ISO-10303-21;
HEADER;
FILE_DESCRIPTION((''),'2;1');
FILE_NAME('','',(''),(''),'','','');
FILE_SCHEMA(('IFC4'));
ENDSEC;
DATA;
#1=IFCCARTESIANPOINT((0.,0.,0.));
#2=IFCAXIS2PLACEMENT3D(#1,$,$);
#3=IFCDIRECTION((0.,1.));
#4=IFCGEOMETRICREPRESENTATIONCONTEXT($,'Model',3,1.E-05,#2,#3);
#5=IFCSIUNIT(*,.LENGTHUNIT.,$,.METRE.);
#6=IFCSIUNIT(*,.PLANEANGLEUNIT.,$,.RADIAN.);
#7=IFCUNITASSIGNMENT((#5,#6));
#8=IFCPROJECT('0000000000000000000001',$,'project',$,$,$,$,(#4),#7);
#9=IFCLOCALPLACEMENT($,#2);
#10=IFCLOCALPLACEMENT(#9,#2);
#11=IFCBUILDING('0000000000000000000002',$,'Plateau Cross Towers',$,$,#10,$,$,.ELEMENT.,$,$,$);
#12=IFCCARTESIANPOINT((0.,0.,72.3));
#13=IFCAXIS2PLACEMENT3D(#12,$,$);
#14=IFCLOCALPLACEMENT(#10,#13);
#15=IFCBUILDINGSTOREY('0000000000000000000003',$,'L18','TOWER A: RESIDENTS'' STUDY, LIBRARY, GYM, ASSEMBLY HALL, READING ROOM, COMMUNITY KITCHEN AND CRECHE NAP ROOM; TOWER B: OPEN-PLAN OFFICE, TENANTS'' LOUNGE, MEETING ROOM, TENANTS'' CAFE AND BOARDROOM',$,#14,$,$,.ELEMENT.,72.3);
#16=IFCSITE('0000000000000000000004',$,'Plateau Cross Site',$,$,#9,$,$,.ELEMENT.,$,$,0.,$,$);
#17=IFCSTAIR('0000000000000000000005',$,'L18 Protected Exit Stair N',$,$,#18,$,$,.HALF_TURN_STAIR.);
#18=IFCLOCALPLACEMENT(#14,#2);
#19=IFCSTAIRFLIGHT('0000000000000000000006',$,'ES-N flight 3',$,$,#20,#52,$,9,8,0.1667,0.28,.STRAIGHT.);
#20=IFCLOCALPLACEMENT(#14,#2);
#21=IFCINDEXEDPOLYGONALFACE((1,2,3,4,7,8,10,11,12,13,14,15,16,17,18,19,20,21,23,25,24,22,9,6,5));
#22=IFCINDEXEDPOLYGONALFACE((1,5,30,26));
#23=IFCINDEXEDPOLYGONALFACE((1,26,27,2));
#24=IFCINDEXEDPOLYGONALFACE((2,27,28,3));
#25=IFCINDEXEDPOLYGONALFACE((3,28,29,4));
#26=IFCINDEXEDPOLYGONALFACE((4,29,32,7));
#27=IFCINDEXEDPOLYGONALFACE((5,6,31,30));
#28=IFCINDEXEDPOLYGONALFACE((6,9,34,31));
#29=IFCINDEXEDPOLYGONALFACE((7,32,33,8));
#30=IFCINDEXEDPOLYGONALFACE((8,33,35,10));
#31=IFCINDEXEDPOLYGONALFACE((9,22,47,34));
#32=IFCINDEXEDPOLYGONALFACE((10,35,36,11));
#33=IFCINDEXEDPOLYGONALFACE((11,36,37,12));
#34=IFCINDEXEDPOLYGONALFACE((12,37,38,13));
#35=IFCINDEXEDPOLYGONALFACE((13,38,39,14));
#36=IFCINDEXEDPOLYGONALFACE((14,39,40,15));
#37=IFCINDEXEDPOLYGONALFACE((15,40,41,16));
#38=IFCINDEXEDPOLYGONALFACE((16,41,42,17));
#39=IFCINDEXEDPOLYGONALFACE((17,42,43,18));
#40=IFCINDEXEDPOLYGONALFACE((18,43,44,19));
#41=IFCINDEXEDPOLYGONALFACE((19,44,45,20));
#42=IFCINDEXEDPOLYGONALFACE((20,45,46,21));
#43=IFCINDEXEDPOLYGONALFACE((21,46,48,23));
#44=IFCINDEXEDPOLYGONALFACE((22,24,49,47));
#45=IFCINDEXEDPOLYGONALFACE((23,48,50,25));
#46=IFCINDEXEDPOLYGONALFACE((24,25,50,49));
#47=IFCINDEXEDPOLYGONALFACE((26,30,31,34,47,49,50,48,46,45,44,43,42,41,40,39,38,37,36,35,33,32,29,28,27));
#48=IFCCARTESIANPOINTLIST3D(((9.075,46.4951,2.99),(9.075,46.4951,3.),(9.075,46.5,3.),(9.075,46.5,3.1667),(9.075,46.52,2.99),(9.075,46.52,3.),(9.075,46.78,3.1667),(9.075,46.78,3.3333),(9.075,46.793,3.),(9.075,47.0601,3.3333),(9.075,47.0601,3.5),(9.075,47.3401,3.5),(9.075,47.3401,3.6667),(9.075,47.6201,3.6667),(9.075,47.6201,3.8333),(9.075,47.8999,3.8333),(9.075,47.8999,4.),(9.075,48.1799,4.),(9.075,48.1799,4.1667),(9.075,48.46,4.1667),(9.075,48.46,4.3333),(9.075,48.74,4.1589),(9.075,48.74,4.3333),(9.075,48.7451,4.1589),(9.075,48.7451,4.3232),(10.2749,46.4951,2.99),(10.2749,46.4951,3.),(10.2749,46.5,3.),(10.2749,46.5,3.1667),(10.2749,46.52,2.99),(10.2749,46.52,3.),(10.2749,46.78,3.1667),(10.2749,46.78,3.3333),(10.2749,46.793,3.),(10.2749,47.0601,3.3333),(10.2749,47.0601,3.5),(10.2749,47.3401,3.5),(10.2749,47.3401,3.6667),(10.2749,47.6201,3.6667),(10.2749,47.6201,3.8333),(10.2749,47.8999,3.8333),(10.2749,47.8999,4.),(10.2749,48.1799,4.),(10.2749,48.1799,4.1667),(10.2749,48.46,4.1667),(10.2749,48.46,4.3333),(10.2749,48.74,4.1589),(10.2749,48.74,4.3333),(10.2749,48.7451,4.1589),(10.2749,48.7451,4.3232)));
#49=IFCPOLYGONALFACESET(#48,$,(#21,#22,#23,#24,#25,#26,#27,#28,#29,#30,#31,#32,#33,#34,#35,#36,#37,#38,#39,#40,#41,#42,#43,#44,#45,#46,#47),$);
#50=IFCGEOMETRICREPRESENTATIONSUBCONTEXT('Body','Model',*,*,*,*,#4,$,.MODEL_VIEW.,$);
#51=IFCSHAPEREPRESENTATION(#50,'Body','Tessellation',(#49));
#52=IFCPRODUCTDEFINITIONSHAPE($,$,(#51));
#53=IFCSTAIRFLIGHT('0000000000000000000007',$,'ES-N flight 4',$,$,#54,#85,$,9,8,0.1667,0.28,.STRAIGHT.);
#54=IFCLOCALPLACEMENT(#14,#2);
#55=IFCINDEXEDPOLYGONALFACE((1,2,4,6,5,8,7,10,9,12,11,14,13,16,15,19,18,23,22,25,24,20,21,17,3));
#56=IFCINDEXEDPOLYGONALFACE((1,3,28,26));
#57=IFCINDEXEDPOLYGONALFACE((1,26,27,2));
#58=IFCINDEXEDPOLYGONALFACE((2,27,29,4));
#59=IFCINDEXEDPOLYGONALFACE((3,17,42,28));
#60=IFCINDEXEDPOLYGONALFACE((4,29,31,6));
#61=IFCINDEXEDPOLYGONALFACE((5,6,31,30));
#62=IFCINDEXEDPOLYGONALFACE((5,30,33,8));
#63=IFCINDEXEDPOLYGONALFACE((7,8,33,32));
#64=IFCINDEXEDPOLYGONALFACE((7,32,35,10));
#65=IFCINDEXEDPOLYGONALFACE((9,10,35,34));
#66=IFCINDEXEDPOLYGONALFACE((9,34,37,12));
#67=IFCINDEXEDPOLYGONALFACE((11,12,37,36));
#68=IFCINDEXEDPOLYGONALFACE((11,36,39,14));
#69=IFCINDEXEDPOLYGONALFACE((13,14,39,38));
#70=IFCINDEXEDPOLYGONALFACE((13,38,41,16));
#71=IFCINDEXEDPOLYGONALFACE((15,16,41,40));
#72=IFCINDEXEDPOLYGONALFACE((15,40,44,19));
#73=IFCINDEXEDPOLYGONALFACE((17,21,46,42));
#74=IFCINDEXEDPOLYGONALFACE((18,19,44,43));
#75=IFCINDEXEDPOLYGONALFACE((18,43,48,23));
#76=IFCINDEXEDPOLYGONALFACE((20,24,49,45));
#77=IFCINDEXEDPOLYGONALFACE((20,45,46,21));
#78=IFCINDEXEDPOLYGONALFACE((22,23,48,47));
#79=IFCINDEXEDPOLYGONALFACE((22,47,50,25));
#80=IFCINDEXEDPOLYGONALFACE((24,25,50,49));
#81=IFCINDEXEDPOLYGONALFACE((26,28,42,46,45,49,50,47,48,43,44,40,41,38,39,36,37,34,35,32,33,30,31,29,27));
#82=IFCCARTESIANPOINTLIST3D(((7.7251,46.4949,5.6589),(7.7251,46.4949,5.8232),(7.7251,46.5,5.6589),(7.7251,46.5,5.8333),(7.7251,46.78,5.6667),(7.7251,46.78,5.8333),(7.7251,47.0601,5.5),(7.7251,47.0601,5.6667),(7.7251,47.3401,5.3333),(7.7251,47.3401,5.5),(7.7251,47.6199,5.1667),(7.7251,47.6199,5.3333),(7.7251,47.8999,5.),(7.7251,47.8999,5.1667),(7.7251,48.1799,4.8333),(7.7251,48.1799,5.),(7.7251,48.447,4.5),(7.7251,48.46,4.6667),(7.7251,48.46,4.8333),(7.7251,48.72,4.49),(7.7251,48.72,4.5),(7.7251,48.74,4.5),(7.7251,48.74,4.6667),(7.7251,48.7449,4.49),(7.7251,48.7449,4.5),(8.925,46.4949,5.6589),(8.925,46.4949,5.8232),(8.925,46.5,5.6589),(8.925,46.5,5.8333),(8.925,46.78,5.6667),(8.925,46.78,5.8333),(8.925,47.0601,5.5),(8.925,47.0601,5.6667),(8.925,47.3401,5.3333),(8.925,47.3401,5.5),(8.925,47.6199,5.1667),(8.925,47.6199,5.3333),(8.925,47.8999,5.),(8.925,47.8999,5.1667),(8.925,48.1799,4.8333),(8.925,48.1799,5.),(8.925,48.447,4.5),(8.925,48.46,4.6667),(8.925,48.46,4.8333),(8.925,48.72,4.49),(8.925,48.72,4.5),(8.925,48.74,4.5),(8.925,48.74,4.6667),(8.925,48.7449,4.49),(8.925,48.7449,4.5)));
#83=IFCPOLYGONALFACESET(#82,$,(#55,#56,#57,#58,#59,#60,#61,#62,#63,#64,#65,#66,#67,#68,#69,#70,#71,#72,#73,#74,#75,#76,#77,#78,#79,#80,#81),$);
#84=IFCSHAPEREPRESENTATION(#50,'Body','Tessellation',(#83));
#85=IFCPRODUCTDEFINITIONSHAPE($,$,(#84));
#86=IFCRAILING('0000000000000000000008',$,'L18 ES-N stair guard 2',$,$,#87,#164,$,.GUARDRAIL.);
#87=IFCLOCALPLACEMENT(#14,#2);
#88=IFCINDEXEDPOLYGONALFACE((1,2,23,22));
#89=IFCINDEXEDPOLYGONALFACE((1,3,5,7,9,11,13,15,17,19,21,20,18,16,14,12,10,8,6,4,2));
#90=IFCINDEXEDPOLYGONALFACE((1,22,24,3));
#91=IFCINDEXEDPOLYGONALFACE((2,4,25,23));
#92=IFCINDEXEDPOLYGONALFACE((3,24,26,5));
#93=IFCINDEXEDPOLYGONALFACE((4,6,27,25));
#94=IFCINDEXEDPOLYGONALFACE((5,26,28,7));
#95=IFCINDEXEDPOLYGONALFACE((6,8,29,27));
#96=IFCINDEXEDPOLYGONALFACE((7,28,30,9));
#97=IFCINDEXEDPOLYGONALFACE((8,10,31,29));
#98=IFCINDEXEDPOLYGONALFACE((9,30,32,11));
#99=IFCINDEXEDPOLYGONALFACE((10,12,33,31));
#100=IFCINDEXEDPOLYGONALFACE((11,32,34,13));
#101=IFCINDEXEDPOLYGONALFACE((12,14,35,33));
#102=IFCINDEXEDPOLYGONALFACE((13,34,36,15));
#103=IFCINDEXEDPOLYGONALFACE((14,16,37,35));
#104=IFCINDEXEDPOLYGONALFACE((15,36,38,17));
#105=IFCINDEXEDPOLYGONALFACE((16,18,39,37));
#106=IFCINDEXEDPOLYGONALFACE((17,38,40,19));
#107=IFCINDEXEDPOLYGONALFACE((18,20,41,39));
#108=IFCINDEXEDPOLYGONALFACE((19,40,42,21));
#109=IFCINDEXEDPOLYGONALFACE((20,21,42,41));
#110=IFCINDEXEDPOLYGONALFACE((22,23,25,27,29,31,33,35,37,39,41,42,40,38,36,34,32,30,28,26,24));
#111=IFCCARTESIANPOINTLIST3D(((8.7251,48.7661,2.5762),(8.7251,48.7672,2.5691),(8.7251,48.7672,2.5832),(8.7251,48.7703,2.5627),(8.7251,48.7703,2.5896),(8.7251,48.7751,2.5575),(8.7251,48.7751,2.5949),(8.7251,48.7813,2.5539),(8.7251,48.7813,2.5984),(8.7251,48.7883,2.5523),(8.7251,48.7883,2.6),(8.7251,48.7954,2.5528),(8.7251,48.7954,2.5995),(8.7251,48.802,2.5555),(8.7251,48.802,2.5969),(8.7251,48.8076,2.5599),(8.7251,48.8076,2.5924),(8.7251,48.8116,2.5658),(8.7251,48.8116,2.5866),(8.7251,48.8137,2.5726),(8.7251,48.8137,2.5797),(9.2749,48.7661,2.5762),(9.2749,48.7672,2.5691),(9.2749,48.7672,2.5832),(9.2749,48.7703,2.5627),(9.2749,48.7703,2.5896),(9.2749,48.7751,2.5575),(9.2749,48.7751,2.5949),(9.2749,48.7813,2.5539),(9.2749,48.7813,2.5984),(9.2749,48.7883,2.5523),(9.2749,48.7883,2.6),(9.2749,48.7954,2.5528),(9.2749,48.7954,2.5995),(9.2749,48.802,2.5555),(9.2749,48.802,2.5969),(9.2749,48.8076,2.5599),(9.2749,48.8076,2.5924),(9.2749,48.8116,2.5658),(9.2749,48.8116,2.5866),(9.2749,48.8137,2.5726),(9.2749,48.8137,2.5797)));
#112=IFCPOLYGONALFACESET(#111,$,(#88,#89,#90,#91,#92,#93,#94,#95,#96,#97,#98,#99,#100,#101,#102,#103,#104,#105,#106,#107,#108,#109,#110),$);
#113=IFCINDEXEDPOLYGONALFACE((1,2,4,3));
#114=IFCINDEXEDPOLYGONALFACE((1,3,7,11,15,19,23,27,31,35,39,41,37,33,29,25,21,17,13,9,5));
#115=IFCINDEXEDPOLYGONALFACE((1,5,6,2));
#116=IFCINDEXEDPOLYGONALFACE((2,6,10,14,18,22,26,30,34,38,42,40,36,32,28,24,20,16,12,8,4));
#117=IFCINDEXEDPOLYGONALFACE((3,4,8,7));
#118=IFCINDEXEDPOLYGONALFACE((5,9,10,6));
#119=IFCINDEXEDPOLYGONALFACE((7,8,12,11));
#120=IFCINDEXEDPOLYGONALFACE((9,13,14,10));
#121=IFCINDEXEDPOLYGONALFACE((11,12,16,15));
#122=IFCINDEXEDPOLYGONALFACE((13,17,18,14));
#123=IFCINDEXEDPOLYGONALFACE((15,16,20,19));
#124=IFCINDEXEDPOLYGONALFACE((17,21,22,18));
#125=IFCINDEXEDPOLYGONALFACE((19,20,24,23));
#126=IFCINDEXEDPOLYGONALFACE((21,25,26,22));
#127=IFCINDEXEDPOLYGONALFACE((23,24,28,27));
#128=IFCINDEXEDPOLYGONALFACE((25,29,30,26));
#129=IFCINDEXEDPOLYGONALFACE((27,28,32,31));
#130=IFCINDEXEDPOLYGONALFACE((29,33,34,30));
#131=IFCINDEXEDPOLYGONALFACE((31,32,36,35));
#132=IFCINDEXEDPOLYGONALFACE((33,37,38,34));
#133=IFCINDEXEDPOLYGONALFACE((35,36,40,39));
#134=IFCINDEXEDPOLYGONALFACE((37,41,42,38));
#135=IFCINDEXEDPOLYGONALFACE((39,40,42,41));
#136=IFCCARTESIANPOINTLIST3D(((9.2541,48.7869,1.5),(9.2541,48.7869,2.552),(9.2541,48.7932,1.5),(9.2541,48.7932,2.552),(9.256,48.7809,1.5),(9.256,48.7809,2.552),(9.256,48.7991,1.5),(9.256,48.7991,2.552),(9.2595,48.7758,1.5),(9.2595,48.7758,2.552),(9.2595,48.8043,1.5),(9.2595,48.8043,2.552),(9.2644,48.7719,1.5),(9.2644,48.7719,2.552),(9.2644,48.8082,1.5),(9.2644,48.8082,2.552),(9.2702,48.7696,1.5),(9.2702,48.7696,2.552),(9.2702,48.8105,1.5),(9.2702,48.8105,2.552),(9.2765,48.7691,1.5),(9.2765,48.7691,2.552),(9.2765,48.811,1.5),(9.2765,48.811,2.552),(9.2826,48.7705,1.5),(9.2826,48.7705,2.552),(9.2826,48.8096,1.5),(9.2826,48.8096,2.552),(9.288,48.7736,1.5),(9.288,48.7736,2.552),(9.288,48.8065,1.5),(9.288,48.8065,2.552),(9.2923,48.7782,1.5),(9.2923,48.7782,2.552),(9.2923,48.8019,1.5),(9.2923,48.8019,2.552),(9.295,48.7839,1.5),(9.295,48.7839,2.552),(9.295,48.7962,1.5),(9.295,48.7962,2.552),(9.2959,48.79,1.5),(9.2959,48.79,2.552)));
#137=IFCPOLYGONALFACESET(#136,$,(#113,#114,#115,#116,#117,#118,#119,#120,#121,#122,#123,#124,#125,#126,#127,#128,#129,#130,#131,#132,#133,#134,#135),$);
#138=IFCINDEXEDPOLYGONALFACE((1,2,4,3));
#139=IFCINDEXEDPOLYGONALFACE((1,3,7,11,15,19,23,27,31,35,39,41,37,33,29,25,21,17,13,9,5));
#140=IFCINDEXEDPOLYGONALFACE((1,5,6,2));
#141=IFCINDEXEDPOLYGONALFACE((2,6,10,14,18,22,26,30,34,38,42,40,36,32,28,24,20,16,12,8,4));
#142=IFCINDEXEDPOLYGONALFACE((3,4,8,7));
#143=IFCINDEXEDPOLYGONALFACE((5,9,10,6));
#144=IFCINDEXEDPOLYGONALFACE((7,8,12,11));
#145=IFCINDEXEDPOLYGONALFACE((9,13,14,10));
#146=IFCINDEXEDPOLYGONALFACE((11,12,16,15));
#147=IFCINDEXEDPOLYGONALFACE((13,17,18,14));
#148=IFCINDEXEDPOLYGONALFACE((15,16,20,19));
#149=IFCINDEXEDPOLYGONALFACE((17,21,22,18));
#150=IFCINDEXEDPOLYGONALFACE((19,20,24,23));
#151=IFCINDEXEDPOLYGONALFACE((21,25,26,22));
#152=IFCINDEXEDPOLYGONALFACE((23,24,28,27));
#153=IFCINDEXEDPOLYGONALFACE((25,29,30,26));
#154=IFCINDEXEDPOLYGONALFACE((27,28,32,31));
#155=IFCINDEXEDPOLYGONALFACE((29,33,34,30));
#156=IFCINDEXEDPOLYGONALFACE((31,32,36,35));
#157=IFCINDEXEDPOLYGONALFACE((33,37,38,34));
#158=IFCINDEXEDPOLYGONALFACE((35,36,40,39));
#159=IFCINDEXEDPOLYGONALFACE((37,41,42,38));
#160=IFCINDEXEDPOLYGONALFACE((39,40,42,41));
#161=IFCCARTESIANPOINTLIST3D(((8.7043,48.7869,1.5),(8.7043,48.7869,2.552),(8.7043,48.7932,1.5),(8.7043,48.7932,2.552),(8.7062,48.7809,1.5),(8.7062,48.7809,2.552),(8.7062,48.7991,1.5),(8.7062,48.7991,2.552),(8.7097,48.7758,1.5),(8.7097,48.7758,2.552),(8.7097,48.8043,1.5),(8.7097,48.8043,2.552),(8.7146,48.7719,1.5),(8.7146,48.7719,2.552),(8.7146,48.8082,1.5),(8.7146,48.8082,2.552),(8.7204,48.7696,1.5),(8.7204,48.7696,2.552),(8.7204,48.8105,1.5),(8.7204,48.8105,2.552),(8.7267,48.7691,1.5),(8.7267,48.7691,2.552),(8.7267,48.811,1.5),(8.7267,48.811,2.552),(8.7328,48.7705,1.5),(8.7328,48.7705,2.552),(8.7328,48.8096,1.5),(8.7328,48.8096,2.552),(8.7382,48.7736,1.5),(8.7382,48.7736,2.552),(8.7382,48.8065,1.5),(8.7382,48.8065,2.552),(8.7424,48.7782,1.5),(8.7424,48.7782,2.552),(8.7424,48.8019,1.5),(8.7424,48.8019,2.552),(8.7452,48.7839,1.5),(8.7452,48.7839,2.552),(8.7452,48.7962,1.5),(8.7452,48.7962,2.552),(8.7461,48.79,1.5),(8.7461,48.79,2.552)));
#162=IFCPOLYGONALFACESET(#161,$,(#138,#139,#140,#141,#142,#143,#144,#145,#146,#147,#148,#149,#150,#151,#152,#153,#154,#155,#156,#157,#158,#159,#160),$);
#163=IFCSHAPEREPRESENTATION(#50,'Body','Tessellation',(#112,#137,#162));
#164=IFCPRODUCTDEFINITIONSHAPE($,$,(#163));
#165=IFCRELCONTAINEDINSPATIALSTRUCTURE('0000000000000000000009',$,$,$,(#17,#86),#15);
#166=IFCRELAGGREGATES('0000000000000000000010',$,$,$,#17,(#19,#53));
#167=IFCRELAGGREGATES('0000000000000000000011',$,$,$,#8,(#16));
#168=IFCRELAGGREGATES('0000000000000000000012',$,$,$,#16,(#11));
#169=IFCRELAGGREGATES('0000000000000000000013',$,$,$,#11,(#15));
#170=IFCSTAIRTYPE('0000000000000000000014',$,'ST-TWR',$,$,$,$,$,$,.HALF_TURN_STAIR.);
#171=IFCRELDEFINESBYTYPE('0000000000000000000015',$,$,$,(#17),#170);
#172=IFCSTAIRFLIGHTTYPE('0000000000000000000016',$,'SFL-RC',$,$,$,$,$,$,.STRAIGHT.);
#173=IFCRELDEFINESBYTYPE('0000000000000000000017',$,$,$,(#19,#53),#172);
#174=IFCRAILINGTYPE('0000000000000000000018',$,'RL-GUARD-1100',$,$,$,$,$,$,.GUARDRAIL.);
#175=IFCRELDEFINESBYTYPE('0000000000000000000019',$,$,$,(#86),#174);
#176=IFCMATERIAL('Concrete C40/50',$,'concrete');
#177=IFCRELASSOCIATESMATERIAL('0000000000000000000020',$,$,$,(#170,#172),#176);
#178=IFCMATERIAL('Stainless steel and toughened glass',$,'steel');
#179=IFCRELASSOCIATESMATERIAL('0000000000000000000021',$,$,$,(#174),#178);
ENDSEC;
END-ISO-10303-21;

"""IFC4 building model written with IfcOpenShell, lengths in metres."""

from ifc_helpers import new_model, si_unit, direction, frame, origin, origin_2d, place, context, subcontext, project, spatial, polyline, circle, outline, extrude, material, type_object, element, aggregate, save


model = new_model("IFC4")

# Units and contexts
model_context = context("Model", 3, precision=1e-05, world=origin(), true_north=direction((0.0, 1.0)))
body_context = subcontext(model_context, "Body", "Model", "MODEL_VIEW")
ifc_project = project(units=[si_unit("LENGTHUNIT", "METRE"), si_unit("PLANEANGLEUNIT", "RADIAN")], contexts=[model_context])

# Site, building, storey
site_placement = place(None, origin())
site = spatial("IfcSite", under=ifc_project, at=site_placement, Name="Plateau Cross Site", CompositionType="ELEMENT", RefElevation=0.0)
building_placement = place(site_placement, origin())
building = spatial("IfcBuilding", under=site, at=building_placement, Name="Plateau Cross Towers", CompositionType="ELEMENT")
storey_placement = place(building_placement, frame((0.0, 0.0, 72.3)))
storey = spatial("IfcBuildingStorey", under=building, at=storey_placement, Name="L18", Description="TOWER A: RESIDENTS' STUDY, LIBRARY, GYM, ASSEMBLY HALL, READING ROOM, COMMUNITY KITCHEN AND CRECHE NAP ROOM; TOWER B: OPEN-PLAN OFFICE, TENANTS' LOUNGE, MEETING ROOM, TENANTS' CAFE AND BOARDROOM", CompositionType="ELEMENT", Elevation=72.3)

# Stair, stair flights
ifc_material_1 = material(Name="Concrete C40/50", Category="concrete")
stair_type = type_object("IfcStairType", Name="ST-TWR", PredefinedType="HALF_TURN_STAIR", material=ifc_material_1)
stair_placement = place(storey_placement, origin())
stair = element("IfcStair", 1, at=stair_placement, inside=storey, type_object=stair_type, Name="L18 Protected Exit Stair N", PredefinedType="HALF_TURN_STAIR")
stair_flight_type = type_object("IfcStairFlightType", Name="SFL-RC", PredefinedType="STRAIGHT", material=ifc_material_1)
stair_flight_1_placement = place(storey_placement, frame((9.675, 46.5, 3.0), z_axis=(0.0, 0.0, 1.0), x_axis=(0.0, 1.0, 0.0)))
stair_flight_1 = element("IfcStairFlight", 2, at=stair_flight_1_placement, type_object=stair_flight_type, Name="ES-N flight 3", NumberOfRisers=9, NumberOfTreads=8, PredefinedType="STRAIGHT", RiserHeight=0.1667, TreadLength=0.28, context=body_context, shape_type="SweptSolid", body=[
    extrude(outline(polyline([(-0.0049, -0.01), (-0.0049, 0.0), (0.0, 0.0), (0.0, 0.1667), (0.28, 0.1667), (0.28, 0.3333), (0.5601, 0.3333), (0.5601, 0.5), (0.8401, 0.5), (0.8401, 0.6667), (1.1201, 0.6667), (1.1201, 0.8333), (1.3999, 0.8333), (1.3999, 1.0), (1.6799, 1.0), (1.6799, 1.1667), (1.96, 1.1667), (1.96, 1.3333), (2.24, 1.3333), (2.2451, 1.3232), (2.2451, 1.1589), (2.24, 1.1589), (0.293, 0.0), (0.02, 0.0), (0.02, -0.01), (-0.0049, -0.01)])), frame((0.0, 0.6001, 0.0), z_axis=(0.0, -1.0, 0.0), x_axis=(1.0, 0.0, 0.0)), (0.0, 0.0, 1.0), 1.2),
])
stair_flight_2_placement = place(storey_placement, frame((8.325, 48.74, 4.5), z_axis=(0.0, 0.0, 1.0), x_axis=(0.0, -1.0, 0.0)))
stair_flight_2 = element("IfcStairFlight", 3, at=stair_flight_2_placement, type_object=stair_flight_type, Name="ES-N flight 4", NumberOfRisers=9, NumberOfTreads=8, PredefinedType="STRAIGHT", RiserHeight=0.1667, TreadLength=0.28, context=body_context, shape_type="SweptSolid", body=[
    extrude(outline(polyline([(-0.0049, -0.01), (-0.0049, 0.0), (0.0, 0.0), (0.0, 0.1667), (0.28, 0.1667), (0.28, 0.3333), (0.5601, 0.3333), (0.5601, 0.5), (0.8401, 0.5), (0.8401, 0.6667), (1.1201, 0.6667), (1.1201, 0.8333), (1.3999, 0.8333), (1.3999, 1.0), (1.6799, 1.0), (1.6799, 1.1667), (1.96, 1.1667), (1.96, 1.3333), (2.24, 1.3333), (2.2451, 1.3232), (2.2451, 1.1589), (2.24, 1.1589), (0.293, 0.0), (0.02, 0.0), (0.02, -0.01), (-0.0049, -0.01)])), frame((0.0, 0.6001, 0.0), z_axis=(0.0, -1.0, 0.0), x_axis=(1.0, 0.0, 0.0)), (0.0, 0.0, 1.0), 1.2),
])
aggregate(stair, [stair_flight_1, stair_flight_2])

# Railing
ifc_material_2 = material(Name="Stainless steel and toughened glass", Category="steel")
railing_type_1 = type_object("IfcRailingType", Name="RL-GUARD-1100", PredefinedType="GUARDRAIL", material=ifc_material_2)
railing_1_placement = place(storey_placement, frame((9.2749, 48.79, 1.5)))
element("IfcRailing", 4, at=railing_1_placement, inside=storey, type_object=railing_type_1, Name="L18 ES-N stair guard 2", PredefinedType="GUARDRAIL", context=body_context, shape_type="SweptSolid", body=[
    extrude(circle(Radius=0.0239, at=origin_2d()), frame((0.0, 0.0, 1.0762), z_axis=(-1.0, 0.0, 0.0), x_axis=(0.0, -1.0, 0.0)), (0.0, 0.0, 1.0), 0.5498),
    extrude(circle(Radius=0.021, at=origin_2d()), origin(), (0.0, 0.0, 1.0), 1.052),
    extrude(circle(Radius=0.021, at=origin_2d()), frame((-0.5498, 0.0, 0.0)), (0.0, 0.0, 1.0), 1.052),
])

save(model, "model.ifc")
